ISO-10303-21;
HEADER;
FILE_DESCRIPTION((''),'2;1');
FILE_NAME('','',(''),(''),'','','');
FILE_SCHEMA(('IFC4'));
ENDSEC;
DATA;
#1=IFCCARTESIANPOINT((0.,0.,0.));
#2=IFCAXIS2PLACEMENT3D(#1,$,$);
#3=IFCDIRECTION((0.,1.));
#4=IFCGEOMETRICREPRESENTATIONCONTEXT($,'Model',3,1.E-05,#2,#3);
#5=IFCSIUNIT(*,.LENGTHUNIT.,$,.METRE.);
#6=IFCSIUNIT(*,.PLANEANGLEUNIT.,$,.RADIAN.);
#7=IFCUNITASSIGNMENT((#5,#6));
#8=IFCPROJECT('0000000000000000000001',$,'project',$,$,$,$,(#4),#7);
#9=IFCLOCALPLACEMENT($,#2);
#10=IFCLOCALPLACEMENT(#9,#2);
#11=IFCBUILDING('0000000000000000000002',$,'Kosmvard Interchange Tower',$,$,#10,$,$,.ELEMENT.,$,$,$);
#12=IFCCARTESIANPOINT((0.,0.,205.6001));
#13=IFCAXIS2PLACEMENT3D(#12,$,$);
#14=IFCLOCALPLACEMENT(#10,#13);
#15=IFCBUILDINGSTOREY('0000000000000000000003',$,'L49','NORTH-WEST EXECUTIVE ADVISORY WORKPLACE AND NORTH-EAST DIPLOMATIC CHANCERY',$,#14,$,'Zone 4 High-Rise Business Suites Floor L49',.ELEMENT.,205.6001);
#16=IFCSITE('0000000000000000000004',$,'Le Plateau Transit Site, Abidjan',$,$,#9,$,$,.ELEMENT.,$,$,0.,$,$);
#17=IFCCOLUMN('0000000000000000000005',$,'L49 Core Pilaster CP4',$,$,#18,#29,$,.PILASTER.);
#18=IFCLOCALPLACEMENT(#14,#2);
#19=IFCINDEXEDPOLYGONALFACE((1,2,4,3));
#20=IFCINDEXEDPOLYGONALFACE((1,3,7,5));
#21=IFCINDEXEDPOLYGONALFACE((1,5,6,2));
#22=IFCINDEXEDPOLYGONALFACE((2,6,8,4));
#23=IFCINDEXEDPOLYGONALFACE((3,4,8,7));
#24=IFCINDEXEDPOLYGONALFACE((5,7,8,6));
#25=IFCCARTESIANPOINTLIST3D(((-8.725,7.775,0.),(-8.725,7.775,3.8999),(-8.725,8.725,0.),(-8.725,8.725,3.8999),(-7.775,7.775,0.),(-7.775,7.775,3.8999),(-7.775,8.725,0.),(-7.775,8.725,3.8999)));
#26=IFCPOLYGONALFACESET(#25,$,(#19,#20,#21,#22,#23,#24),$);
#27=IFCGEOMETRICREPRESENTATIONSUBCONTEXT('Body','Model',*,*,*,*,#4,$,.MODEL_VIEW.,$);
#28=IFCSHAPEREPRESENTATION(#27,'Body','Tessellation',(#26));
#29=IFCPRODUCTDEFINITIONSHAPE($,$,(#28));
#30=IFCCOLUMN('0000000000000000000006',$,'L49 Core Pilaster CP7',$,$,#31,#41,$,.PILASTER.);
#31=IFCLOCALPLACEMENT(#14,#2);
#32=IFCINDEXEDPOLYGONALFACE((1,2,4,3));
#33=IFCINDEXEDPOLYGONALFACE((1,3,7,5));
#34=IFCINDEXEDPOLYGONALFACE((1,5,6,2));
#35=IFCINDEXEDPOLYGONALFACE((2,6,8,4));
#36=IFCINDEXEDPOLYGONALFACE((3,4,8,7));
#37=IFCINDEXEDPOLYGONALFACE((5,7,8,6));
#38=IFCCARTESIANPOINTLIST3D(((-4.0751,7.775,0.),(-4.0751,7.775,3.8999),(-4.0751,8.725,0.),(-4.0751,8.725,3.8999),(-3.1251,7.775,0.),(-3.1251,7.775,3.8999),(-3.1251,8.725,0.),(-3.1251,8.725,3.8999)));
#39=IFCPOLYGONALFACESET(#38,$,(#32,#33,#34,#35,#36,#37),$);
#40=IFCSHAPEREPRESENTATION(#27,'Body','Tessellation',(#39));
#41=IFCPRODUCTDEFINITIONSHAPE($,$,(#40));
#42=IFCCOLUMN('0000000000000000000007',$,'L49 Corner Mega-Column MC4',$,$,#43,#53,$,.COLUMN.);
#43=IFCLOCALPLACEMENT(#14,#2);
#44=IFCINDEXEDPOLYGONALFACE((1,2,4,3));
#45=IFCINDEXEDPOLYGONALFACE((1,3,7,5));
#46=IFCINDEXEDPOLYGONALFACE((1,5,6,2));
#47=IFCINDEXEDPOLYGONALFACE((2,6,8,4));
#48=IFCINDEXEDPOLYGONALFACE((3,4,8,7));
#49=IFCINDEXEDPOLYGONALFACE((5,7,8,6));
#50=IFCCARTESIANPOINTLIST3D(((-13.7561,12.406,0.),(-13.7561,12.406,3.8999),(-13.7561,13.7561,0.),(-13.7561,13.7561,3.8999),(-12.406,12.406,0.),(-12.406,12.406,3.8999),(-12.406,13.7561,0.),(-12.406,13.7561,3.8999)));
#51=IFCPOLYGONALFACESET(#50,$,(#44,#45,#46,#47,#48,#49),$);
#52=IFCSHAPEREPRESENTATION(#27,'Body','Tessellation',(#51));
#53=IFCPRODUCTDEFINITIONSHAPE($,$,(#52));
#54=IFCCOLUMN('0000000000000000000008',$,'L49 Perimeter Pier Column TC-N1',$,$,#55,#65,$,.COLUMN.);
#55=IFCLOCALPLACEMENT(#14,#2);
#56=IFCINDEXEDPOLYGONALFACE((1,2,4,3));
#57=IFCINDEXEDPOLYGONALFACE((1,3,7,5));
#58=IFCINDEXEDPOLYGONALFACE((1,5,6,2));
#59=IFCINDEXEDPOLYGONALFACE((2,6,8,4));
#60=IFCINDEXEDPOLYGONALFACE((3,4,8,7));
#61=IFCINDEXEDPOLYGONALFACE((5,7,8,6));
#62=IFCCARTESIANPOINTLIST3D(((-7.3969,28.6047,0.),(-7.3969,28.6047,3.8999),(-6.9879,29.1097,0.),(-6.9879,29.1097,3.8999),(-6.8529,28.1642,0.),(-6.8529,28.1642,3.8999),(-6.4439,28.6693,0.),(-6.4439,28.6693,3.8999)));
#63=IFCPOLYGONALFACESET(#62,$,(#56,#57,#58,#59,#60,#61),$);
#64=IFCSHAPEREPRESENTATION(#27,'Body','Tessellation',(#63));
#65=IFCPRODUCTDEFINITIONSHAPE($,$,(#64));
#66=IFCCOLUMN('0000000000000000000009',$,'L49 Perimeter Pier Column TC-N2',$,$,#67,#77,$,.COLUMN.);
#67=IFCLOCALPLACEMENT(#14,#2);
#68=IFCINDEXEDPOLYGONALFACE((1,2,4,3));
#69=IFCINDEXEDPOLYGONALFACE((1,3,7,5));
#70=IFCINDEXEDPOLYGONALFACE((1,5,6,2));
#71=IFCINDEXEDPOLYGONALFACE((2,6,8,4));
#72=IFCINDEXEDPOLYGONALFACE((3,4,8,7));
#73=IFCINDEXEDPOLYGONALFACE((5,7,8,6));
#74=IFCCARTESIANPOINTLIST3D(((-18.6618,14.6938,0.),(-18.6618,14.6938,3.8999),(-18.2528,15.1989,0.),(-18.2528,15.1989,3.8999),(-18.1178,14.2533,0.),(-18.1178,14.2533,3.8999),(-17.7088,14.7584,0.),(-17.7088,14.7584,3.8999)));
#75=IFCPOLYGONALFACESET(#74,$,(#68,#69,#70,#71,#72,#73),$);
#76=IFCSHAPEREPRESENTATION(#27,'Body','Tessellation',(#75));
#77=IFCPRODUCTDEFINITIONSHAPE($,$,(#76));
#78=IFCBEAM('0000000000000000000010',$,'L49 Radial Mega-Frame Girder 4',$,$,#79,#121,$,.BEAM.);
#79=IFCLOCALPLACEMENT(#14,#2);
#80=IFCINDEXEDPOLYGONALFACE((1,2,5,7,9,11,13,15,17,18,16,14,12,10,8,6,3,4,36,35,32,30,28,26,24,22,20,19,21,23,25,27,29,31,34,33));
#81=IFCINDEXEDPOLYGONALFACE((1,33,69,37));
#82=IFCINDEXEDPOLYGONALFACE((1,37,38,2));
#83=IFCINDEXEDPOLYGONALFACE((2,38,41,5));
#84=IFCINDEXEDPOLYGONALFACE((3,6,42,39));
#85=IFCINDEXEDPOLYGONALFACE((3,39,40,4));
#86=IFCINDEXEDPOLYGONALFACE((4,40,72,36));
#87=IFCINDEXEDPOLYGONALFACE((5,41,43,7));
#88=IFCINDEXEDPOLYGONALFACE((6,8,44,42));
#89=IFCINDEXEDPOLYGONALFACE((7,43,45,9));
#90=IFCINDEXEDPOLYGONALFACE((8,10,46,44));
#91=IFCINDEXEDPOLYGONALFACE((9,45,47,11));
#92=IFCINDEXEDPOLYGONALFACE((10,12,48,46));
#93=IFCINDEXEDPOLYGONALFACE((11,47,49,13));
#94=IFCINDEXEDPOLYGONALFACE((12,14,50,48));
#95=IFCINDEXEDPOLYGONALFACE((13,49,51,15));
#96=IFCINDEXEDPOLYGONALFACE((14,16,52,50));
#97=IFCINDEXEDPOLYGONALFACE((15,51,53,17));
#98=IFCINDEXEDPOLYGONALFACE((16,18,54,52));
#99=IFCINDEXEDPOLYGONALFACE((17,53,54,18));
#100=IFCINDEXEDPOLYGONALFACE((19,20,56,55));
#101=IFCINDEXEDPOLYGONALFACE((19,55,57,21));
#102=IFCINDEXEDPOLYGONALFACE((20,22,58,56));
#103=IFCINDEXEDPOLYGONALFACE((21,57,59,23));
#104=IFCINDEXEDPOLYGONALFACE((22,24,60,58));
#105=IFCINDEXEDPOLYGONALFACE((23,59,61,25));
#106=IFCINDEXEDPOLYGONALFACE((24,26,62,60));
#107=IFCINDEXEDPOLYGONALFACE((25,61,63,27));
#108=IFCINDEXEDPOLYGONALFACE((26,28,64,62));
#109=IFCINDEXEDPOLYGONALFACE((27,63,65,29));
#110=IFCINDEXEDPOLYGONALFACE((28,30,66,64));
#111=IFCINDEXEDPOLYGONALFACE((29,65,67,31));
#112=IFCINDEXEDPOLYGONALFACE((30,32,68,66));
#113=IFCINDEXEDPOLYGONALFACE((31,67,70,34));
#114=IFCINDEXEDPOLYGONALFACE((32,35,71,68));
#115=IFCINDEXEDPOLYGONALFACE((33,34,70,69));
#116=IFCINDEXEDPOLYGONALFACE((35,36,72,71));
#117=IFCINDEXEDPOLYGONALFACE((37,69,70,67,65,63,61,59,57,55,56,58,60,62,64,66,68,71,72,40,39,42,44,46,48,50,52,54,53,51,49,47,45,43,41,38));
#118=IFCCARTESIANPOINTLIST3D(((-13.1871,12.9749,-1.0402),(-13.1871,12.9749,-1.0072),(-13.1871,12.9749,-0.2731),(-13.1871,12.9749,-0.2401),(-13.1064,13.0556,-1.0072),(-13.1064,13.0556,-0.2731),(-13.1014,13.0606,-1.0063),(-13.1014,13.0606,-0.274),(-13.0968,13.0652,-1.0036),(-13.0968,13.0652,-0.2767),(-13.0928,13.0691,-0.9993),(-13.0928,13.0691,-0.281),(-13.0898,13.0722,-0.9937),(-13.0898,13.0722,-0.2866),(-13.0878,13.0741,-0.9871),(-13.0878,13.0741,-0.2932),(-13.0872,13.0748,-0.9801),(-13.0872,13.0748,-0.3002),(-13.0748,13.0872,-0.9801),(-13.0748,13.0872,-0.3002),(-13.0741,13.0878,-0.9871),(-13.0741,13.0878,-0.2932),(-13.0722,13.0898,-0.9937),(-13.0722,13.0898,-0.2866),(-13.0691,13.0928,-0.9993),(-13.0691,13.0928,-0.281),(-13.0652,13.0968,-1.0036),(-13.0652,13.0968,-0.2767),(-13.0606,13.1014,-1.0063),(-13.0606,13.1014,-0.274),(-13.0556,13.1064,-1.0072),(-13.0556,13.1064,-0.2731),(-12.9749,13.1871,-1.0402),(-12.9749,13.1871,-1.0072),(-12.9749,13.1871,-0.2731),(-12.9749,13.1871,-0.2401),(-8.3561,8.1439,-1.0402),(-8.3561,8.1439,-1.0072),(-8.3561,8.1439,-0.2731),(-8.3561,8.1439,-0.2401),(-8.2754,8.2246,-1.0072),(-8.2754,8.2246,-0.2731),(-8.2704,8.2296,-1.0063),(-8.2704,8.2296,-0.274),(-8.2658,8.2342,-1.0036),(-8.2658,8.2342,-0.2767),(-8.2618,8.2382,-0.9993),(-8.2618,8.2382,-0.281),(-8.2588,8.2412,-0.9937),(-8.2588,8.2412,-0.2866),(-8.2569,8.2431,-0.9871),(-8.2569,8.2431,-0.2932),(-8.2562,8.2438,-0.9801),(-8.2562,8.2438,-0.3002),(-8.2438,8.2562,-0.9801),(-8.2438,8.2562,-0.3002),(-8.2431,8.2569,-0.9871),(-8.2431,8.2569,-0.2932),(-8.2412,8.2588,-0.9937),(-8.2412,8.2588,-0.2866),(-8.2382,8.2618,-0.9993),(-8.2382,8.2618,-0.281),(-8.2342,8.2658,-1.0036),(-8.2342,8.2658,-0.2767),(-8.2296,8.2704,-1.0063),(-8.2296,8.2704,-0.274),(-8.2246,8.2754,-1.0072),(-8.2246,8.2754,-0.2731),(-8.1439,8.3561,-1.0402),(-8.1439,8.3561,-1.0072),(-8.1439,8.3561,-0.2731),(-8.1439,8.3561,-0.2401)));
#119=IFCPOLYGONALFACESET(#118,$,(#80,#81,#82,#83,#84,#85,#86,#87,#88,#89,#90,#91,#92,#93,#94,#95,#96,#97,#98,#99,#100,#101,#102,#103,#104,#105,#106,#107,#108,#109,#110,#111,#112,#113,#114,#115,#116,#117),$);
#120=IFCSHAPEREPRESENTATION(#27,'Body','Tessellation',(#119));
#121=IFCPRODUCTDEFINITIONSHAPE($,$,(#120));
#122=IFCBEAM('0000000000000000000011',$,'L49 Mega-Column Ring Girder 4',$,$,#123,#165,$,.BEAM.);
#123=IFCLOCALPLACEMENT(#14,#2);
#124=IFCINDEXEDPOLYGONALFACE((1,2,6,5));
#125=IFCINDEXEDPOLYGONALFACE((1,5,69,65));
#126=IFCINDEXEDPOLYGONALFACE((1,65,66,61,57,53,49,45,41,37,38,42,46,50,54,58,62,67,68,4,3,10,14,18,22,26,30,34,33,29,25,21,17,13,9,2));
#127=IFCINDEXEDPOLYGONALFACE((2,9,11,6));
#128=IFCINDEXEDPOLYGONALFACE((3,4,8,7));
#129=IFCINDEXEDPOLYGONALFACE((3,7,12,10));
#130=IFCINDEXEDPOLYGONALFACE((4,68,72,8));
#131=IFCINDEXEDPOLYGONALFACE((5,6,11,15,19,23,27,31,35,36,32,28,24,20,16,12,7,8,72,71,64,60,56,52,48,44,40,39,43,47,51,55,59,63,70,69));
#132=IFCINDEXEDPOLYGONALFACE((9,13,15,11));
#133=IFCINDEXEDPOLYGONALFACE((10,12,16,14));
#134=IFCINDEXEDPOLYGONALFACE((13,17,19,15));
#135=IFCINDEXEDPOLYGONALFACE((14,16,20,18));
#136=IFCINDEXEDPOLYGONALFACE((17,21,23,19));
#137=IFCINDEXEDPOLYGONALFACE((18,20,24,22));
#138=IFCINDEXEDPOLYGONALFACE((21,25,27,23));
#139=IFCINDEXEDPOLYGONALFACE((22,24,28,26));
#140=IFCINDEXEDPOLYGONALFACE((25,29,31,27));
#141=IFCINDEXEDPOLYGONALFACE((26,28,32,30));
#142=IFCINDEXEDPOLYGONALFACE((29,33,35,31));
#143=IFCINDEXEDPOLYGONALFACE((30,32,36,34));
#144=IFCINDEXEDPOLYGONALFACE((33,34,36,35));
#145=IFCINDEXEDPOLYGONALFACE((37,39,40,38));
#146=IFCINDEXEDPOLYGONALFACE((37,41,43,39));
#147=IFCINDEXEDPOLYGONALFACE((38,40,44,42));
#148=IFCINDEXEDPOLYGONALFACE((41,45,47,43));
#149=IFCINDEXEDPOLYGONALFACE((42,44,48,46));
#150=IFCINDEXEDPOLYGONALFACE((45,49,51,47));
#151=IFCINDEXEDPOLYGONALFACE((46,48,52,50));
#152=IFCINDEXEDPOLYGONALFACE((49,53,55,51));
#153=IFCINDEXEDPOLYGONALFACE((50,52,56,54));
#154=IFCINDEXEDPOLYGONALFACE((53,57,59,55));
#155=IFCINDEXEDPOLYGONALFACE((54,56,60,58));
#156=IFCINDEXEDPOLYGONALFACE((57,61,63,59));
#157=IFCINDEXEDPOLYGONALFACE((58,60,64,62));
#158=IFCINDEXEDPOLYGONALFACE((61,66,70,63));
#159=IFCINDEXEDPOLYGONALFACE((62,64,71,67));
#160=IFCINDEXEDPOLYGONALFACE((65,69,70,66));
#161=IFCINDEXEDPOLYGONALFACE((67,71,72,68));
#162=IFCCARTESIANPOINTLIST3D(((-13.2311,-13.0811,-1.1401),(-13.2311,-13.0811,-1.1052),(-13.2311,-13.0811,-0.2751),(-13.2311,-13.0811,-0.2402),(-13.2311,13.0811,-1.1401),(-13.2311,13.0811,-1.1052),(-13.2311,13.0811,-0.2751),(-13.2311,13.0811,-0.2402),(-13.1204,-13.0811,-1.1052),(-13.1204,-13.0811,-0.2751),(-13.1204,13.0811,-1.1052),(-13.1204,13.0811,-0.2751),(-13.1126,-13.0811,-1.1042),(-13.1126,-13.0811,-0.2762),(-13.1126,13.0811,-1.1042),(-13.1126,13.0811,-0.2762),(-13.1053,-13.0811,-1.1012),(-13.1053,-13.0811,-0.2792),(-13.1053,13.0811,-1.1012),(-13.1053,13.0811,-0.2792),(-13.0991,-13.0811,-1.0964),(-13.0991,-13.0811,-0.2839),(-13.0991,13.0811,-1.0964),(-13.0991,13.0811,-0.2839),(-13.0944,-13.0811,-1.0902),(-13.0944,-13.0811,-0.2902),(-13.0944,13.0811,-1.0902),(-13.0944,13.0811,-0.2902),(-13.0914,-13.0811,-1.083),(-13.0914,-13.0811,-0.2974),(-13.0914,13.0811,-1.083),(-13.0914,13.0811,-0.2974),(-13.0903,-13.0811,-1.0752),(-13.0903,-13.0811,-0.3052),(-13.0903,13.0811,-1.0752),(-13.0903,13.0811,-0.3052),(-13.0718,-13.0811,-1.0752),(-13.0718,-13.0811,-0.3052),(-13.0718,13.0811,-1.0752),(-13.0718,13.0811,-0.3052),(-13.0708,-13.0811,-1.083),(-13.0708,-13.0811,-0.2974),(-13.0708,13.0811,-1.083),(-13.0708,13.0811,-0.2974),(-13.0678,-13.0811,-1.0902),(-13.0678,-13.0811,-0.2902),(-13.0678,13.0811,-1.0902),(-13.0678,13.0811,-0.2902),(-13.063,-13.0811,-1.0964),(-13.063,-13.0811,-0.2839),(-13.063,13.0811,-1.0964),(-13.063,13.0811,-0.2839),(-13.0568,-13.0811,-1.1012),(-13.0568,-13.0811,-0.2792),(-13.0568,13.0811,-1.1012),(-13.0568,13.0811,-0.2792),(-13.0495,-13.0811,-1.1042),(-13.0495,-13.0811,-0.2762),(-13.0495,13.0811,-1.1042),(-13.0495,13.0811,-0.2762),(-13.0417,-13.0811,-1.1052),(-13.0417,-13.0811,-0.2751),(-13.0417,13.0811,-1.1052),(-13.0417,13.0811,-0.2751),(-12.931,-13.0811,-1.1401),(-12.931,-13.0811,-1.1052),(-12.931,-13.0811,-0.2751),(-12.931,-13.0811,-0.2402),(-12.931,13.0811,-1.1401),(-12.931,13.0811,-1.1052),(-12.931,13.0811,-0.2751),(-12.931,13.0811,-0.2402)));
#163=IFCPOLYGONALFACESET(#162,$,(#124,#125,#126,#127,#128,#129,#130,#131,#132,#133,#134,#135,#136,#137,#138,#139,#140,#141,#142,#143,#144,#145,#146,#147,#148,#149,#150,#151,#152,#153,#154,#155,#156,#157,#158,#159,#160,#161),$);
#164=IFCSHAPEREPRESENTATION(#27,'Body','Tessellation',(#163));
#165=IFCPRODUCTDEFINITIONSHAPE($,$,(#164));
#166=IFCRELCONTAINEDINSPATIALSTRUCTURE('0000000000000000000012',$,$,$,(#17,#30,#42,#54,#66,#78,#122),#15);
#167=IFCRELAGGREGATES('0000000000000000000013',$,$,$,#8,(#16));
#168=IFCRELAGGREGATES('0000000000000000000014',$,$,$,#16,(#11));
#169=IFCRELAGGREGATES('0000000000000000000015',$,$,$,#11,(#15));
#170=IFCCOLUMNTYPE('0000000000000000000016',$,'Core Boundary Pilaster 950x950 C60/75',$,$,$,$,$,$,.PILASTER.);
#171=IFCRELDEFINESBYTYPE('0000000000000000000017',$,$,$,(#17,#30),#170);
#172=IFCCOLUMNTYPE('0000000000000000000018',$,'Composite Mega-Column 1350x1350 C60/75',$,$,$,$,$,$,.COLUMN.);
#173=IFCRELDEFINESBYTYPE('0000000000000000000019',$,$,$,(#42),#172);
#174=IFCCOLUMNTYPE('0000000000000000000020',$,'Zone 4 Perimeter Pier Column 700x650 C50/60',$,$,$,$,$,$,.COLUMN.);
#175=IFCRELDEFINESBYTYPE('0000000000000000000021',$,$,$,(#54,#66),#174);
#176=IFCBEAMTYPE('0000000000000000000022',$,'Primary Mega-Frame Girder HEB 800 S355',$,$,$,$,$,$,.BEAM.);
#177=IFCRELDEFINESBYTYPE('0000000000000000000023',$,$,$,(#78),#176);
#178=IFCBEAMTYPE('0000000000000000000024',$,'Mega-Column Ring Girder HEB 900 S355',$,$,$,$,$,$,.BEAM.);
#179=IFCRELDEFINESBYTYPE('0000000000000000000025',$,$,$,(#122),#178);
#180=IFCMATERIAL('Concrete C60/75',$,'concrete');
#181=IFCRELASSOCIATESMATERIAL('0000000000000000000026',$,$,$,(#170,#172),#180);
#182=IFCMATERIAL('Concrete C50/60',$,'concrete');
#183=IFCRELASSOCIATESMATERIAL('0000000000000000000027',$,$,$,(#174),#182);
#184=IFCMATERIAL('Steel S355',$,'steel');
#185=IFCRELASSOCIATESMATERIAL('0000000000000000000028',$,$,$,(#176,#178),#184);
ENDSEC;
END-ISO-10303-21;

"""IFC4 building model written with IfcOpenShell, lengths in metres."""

from ifc_helpers import new_model, si_unit, direction, frame, origin, origin_2d, place, context, subcontext, project, spatial, rectangle, i_section, extrude, source, transform, mapped, material, material_profile, profile_set, type_object, element, save


model = new_model("IFC4")

# Units and contexts
model_context = context("Model", 3, precision=1e-05, world=origin(), true_north=direction((0.0, 1.0)))
body_context = subcontext(model_context, "Body", "Model", "MODEL_VIEW")
ifc_project = project(units=[si_unit("LENGTHUNIT", "METRE"), si_unit("PLANEANGLEUNIT", "RADIAN")], contexts=[model_context])

# Site, building, storey
site_placement = place(None, origin())
site = spatial("IfcSite", under=ifc_project, at=site_placement, Name="Le Plateau Transit Site, Abidjan", CompositionType="ELEMENT", RefElevation=0.0)
building_placement = place(site_placement, origin())
building = spatial("IfcBuilding", under=site, at=building_placement, Name="Kosmvard Interchange Tower", CompositionType="ELEMENT")
storey_placement = place(building_placement, frame((0.0, 0.0, 205.6001)))
storey = spatial("IfcBuildingStorey", under=building, at=storey_placement, Name="L49", Description="NORTH-WEST EXECUTIVE ADVISORY WORKPLACE AND NORTH-EAST DIPLOMATIC CHANCERY", LongName="Zone 4 High-Rise Business Suites Floor L49", CompositionType="ELEMENT", Elevation=205.6001)

# Columns
ifc_material_1 = material(Name="Concrete C60/75", Category="concrete")
ifc_material_profile_1 = material_profile(ifc_material_1, rectangle(XDim=0.95, YDim=0.95, at=origin_2d()), Name="CP 950x950")
ifc_profile_set_1 = profile_set([ifc_material_profile_1], Name="Concrete C60/75")
column_type_1 = type_object("IfcColumnType", Name="Core Boundary Pilaster 950x950 C60/75", PredefinedType="PILASTER", material=ifc_profile_set_1)
shared_shape_1 = source(origin(), body_context, "Body", "SweptSolid", [
    extrude(rectangle(XDim=0.95, YDim=0.95, at=origin_2d()), origin(), (0.0, 0.0, 1.0), 3.8999),
])
for number, where, z_axis, x_axis, name in (
    (1, (-8.25, 8.25, 0.0), (0.0, 0.0, 1.0), (1.0, 0.0, 0.0), "L49 Core Pilaster CP4"),
    (2, (-3.6001, 8.25, 0.0), (0.0, 0.0, 1.0), (1.0, 0.0, 0.0), "L49 Core Pilaster CP7"),
):
    element("IfcColumn", number, at=place(storey_placement, frame(where, z_axis=z_axis, x_axis=x_axis)), inside=storey, type_object=column_type_1, Name=name, PredefinedType="PILASTER", context=body_context, shape_type="MappedRepresentation", body=[
        mapped(shared_shape_1, transform((0.0, 0.0, 0.0), scale=1.0)),
    ])
ifc_material_profile_2 = material_profile(ifc_material_1, rectangle(XDim=1.3501, YDim=1.3501, at=origin_2d()), Name="MC 1350x1350")
ifc_profile_set_2 = profile_set([ifc_material_profile_2], Name="Concrete C60/75")
column_type_2 = type_object("IfcColumnType", Name="Composite Mega-Column 1350x1350 C60/75", PredefinedType="COLUMN", material=ifc_profile_set_2)
shared_shape_2 = source(origin(), body_context, "Body", "SweptSolid", [
    extrude(rectangle(XDim=1.3501, YDim=1.3501, at=origin_2d()), origin(), (0.0, 0.0, 1.0), 3.8999),
])
column_placement = place(storey_placement, frame((-13.0811, 13.0811, 0.0), z_axis=(0.0, 0.0, 1.0), x_axis=(1.0, 0.0, 0.0)))
element("IfcColumn", 3, at=column_placement, inside=storey, type_object=column_type_2, Name="L49 Corner Mega-Column MC4", PredefinedType="COLUMN", context=body_context, shape_type="MappedRepresentation", body=[
    mapped(shared_shape_2, transform((0.0, 0.0, 0.0), scale=1.0)),
])
ifc_material_2 = material(Name="Concrete C50/60", Category="concrete")
ifc_material_profile_3 = material_profile(ifc_material_2, rectangle(XDim=0.6499, YDim=0.7, at=origin_2d()), Name="TC 700x650")
ifc_profile_set_3 = profile_set([ifc_material_profile_3], Name="Concrete C50/60")
column_type_3 = type_object("IfcColumnType", Name="Zone 4 Perimeter Pier Column 700x650 C50/60", PredefinedType="COLUMN", material=ifc_profile_set_3)
shared_shape_3 = source(origin(), body_context, "Body", "SweptSolid", [
    extrude(rectangle(XDim=0.6499, YDim=0.7, at=origin_2d()), origin(), (0.0, 0.0, 1.0), 3.8999),
])
for number, where, z_axis, x_axis, name in (
    (4, (-6.9204, 28.637, 0.0), (0.0, 0.0, 1.0), (0.62932, 0.777146, 0.0), "L49 Perimeter Pier Column TC-N1"),
    (5, (-18.1853, 14.7261, 0.0), (0.0, 0.0, 1.0), (0.62932, 0.777146, 0.0), "L49 Perimeter Pier Column TC-N2"),
):
    element("IfcColumn", number, at=place(storey_placement, frame(where, z_axis=z_axis, x_axis=x_axis)), inside=storey, type_object=column_type_3, Name=name, PredefinedType="COLUMN", context=body_context, shape_type="MappedRepresentation", body=[
        mapped(shared_shape_3, transform((0.0, 0.0, 0.0), scale=1.0)),
    ])

# Beams
ifc_material_3 = material(Name="Steel S355", Category="steel")
ifc_material_profile_4 = material_profile(ifc_material_3, i_section(OverallWidth=0.3, OverallDepth=0.8, WebThickness=0.0176, FlangeThickness=0.033, FilletRadius=0.0271, at=origin_2d()), Name="HEB 800")
ifc_profile_set_4 = profile_set([ifc_material_profile_4], Name="Steel S355")
beam_type_1 = type_object("IfcBeamType", Name="Primary Mega-Frame Girder HEB 800 S355", PredefinedType="BEAM", material=ifc_profile_set_4)
shared_shape_4 = source(origin(), body_context, "Body", "SweptSolid", [
    extrude(i_section(OverallWidth=0.3, OverallDepth=0.8, WebThickness=0.0176, FlangeThickness=0.033, FilletRadius=0.0271, at=origin_2d()), origin(), (0.0, 0.0, 1.0), 6.832),
])
beam_1_placement = place(storey_placement, frame((-8.25, 8.25, -0.6401), z_axis=(-0.707107, 0.707107, 0.0), x_axis=(-0.707107, -0.707107, 0.0)))
element("IfcBeam", 6, at=beam_1_placement, inside=storey, type_object=beam_type_1, Name="L49 Radial Mega-Frame Girder 4", PredefinedType="BEAM", context=body_context, shape_type="MappedRepresentation", body=[
    mapped(shared_shape_4, transform((0.0, 0.0, 0.0), scale=1.0)),
])
ifc_material_profile_5 = material_profile(ifc_material_3, i_section(OverallWidth=0.3, OverallDepth=0.8999, WebThickness=0.0186, FlangeThickness=0.0349, FilletRadius=0.03, at=origin_2d()), Name="HEB 900")
ifc_profile_set_5 = profile_set([ifc_material_profile_5], Name="Steel S355")
beam_type_2 = type_object("IfcBeamType", Name="Mega-Column Ring Girder HEB 900 S355", PredefinedType="BEAM", material=ifc_profile_set_5)
shared_shape_5 = source(origin(), body_context, "Body", "SweptSolid", [
    extrude(i_section(OverallWidth=0.3, OverallDepth=0.8999, WebThickness=0.0186, FlangeThickness=0.0349, FilletRadius=0.03, at=origin_2d()), origin(), (0.0, 0.0, 1.0), 26.1621),
])
beam_2_placement = place(storey_placement, frame((-13.0811, 13.0811, -0.6902), z_axis=(0.0, -1.0, 0.0), x_axis=(1.0, 0.0, 0.0)))
element("IfcBeam", 7, at=beam_2_placement, inside=storey, type_object=beam_type_2, Name="L49 Mega-Column Ring Girder 4", PredefinedType="BEAM", context=body_context, shape_type="MappedRepresentation", body=[
    mapped(shared_shape_5, transform((0.0, 0.0, 0.0), scale=1.0)),
])

save(model, "model.ifc")
